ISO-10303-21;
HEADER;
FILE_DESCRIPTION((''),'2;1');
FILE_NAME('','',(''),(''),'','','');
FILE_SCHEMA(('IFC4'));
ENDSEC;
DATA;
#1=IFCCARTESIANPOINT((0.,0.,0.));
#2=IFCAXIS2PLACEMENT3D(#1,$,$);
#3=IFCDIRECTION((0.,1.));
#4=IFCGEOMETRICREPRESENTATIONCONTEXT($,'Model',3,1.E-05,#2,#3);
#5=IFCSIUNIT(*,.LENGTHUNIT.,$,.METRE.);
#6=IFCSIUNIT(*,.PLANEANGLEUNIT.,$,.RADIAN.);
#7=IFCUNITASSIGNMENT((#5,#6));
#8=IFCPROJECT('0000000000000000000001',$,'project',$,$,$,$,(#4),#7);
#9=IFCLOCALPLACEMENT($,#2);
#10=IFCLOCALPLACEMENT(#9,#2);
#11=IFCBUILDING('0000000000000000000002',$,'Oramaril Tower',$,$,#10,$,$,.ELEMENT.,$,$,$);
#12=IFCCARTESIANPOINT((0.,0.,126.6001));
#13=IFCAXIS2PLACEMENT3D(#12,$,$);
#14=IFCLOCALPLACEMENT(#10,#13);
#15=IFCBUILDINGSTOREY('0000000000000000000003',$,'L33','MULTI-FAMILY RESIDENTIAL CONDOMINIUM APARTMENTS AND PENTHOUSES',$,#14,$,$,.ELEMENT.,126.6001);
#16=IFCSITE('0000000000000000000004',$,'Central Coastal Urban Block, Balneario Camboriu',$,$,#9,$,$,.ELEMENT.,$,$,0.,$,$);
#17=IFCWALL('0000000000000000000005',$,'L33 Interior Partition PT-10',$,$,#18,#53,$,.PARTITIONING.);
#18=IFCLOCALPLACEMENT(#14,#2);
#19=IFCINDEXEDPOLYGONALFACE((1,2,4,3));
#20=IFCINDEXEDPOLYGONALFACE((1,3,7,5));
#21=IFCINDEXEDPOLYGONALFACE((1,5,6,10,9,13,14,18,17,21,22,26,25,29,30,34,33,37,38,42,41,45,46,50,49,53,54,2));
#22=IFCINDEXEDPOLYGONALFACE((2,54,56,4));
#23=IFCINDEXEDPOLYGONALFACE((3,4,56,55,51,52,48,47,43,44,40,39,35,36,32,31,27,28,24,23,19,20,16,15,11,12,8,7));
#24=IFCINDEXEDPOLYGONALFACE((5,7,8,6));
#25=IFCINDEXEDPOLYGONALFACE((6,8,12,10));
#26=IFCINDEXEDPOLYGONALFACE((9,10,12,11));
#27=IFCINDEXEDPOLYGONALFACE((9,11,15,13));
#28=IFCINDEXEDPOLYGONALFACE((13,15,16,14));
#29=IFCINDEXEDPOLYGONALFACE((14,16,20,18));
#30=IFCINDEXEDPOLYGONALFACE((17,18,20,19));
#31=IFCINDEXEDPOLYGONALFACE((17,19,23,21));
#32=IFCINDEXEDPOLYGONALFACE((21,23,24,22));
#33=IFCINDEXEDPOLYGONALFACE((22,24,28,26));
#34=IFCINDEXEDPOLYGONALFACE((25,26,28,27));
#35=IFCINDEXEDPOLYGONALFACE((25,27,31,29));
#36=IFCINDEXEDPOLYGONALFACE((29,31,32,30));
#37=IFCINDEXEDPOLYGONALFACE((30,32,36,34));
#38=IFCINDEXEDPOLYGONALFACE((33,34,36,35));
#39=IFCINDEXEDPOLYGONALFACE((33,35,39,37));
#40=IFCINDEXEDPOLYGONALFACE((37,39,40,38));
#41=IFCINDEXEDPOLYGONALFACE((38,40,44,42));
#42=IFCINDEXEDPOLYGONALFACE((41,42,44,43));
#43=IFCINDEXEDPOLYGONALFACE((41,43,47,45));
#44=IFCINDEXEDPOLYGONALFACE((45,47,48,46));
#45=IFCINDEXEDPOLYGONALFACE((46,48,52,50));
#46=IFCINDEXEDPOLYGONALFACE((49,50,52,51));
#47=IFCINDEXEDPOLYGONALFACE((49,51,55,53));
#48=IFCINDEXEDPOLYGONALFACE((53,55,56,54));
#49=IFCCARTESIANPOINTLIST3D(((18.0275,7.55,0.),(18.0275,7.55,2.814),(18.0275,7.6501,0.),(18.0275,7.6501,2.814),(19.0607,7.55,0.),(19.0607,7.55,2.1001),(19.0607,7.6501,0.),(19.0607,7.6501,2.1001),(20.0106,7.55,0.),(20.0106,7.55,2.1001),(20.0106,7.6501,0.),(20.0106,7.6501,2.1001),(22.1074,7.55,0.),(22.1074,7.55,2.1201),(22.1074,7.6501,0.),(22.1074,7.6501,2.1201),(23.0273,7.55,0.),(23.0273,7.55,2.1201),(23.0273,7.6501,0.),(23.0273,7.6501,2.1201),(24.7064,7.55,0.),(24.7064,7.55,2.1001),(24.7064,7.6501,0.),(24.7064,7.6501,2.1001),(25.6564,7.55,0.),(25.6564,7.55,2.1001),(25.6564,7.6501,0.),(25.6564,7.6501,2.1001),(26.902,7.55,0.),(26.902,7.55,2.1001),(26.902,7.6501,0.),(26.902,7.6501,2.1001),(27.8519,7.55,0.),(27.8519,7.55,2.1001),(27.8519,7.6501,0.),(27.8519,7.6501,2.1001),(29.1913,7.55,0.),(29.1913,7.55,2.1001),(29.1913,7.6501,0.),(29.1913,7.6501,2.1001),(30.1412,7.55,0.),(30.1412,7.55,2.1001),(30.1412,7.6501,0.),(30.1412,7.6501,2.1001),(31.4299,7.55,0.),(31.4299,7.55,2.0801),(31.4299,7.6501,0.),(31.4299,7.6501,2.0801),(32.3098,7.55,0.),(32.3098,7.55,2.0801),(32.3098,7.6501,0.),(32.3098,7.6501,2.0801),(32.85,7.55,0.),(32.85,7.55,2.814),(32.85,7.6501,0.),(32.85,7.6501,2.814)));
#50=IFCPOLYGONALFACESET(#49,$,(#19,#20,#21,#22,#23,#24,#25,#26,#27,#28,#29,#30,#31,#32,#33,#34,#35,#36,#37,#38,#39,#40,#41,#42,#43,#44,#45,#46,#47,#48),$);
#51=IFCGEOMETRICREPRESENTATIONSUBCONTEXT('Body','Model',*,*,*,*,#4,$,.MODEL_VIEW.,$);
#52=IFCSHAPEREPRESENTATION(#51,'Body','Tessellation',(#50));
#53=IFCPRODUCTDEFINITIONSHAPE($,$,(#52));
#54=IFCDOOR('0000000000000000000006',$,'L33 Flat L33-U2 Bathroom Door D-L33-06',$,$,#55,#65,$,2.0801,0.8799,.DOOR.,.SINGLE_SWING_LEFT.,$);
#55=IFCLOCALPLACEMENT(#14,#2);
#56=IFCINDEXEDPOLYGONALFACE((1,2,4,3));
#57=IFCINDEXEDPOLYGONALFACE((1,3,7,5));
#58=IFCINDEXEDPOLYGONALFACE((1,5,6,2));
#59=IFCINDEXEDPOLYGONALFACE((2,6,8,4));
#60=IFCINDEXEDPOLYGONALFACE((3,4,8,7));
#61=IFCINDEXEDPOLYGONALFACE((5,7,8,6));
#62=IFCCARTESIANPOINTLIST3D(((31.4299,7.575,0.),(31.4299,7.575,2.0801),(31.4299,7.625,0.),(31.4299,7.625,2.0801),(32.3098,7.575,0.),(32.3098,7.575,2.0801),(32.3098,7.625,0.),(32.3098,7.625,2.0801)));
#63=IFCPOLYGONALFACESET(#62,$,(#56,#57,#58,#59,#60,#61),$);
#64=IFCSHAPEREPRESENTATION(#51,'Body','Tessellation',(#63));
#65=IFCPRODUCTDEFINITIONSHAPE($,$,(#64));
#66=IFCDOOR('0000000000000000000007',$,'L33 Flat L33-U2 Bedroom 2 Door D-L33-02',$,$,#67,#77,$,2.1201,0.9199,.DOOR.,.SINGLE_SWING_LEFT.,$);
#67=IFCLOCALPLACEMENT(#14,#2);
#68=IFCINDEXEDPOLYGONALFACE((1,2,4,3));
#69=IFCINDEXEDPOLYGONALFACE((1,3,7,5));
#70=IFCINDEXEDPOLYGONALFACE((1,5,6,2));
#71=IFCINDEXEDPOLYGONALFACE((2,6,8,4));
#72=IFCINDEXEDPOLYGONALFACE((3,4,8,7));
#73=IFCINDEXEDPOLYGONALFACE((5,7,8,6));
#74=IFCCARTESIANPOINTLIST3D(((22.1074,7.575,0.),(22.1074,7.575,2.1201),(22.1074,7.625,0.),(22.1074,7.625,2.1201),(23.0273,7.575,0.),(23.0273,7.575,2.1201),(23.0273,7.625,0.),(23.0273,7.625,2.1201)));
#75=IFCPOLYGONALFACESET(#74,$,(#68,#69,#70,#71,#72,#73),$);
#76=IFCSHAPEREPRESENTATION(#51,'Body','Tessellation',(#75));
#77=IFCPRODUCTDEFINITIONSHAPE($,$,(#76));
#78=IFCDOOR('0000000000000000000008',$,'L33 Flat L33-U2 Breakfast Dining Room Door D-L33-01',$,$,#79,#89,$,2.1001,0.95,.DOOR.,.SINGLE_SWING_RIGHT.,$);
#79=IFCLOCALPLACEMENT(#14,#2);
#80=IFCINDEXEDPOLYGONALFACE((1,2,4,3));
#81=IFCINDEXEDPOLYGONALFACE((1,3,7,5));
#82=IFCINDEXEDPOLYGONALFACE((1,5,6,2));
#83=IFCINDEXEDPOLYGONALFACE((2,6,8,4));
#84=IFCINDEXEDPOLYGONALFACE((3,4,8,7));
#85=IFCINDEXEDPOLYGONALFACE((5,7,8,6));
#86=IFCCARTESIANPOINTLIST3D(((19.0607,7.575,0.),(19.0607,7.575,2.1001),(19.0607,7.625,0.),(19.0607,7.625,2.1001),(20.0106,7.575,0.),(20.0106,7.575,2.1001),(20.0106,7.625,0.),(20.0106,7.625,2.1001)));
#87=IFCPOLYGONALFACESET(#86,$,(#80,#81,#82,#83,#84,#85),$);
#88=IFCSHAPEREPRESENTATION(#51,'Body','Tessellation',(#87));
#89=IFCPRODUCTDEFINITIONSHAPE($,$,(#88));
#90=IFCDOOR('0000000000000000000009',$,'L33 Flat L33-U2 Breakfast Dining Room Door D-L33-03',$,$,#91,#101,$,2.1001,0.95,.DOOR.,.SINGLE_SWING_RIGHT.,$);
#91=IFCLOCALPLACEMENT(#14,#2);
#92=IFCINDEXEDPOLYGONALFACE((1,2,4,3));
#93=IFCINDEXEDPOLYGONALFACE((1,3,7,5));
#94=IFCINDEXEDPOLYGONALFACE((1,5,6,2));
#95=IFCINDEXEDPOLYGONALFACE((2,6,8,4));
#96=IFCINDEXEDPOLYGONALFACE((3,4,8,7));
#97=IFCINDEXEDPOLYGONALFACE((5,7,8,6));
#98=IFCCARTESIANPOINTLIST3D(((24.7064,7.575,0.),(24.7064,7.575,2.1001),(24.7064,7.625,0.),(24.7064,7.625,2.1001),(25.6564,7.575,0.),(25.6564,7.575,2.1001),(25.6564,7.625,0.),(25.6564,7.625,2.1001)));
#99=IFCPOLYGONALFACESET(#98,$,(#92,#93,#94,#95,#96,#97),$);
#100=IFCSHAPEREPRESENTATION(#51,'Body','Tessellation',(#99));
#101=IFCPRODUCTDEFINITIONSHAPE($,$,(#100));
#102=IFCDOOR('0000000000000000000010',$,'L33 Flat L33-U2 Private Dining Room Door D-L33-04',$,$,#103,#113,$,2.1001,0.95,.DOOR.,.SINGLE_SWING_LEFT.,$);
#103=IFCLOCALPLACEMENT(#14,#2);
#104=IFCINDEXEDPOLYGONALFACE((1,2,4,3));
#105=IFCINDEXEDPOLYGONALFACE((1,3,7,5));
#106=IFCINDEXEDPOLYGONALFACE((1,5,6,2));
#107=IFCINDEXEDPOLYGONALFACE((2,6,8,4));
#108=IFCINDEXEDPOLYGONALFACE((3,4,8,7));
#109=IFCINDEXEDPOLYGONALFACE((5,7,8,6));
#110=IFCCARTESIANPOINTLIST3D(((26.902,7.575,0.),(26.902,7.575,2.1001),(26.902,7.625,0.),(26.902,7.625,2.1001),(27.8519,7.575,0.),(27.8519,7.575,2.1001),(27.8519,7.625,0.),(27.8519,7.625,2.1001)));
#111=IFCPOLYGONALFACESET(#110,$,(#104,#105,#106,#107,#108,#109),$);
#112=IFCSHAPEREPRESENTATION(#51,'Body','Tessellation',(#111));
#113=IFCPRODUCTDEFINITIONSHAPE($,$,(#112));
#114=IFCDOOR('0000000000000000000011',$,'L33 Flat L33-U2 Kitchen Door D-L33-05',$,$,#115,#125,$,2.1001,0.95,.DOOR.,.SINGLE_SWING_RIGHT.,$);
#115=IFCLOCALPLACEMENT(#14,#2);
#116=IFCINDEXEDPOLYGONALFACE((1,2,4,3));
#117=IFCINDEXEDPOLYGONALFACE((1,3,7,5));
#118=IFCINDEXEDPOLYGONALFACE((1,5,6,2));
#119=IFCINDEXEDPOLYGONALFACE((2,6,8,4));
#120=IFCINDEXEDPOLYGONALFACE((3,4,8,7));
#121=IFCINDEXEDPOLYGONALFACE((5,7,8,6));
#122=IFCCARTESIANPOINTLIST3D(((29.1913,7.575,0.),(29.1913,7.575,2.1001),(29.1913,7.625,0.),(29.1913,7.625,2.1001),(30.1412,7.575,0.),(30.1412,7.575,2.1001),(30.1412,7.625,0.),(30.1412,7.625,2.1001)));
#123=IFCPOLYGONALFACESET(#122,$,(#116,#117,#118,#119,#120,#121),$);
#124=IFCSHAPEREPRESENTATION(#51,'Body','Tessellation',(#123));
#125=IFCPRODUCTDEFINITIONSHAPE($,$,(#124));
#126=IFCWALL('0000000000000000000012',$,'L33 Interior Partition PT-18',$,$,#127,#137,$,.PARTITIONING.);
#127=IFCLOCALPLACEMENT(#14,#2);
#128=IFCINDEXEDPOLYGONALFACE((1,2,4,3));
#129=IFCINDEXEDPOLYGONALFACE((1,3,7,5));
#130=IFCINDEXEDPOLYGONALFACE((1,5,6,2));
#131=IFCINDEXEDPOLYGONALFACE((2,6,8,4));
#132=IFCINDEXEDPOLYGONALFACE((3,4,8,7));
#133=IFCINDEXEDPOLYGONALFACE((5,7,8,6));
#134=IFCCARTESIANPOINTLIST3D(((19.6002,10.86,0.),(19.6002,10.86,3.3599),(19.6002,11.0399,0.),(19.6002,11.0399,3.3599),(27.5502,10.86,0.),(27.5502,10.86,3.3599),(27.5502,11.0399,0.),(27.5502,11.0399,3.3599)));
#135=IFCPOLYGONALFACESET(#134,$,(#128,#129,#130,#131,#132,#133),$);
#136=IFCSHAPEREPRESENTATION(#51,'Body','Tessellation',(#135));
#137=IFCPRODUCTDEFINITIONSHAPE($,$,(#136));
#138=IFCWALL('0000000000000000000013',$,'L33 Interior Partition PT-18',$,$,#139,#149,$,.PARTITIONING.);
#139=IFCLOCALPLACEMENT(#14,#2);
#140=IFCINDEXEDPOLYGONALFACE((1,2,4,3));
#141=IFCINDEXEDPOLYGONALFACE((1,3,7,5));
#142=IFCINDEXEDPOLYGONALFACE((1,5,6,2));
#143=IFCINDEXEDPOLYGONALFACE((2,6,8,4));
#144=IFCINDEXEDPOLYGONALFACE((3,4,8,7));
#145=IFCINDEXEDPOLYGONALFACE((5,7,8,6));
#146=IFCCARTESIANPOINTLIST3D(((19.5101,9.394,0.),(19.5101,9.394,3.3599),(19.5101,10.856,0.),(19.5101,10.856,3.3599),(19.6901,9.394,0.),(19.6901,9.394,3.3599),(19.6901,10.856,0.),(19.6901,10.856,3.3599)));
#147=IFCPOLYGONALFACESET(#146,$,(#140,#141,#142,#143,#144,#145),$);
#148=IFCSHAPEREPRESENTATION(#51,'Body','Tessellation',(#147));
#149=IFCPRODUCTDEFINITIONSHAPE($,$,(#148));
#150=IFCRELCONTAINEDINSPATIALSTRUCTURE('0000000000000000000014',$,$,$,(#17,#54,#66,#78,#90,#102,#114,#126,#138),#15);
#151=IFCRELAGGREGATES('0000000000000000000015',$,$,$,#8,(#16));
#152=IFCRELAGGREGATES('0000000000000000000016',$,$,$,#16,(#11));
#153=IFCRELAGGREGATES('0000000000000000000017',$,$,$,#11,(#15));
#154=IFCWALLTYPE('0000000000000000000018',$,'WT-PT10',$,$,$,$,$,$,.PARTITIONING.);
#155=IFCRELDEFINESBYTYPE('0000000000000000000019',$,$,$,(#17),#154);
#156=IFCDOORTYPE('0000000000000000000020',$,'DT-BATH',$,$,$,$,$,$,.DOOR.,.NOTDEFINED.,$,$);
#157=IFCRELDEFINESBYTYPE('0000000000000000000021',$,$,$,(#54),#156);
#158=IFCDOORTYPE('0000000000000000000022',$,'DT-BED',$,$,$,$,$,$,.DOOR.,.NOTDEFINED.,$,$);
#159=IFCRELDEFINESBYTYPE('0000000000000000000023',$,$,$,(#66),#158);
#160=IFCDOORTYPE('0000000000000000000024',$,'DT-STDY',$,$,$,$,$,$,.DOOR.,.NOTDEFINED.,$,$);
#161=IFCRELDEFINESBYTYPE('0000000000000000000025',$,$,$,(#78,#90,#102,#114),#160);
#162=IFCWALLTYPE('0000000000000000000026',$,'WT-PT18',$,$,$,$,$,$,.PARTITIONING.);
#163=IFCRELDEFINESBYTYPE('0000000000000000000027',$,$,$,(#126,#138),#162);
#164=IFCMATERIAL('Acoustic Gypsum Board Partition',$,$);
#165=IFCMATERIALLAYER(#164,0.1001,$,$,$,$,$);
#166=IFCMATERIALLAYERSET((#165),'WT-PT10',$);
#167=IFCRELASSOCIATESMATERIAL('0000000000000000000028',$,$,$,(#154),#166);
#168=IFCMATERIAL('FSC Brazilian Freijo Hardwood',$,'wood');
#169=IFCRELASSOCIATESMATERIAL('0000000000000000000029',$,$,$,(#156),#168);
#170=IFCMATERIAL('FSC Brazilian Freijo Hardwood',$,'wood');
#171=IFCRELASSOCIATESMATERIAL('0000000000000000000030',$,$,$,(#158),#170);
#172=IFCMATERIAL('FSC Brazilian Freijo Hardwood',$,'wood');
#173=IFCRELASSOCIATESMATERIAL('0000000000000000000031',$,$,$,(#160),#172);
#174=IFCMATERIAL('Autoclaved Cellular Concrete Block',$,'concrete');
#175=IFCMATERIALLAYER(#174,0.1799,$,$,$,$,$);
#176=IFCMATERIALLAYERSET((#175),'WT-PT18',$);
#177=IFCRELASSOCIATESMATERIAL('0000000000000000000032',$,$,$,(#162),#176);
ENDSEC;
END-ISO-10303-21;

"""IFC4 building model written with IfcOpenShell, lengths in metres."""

from ifc_helpers import new_model, si_unit, direction, frame, frame_2d, origin, place, context, subcontext, project, spatial, rectangle, extrude, material, layer, layer_set, type_object, element, fill, save


model = new_model("IFC4")

# Units and contexts
model_context = context("Model", 3, precision=1e-05, world=origin(), true_north=direction((0.0, 1.0)))
body_context = subcontext(model_context, "Body", "Model", "MODEL_VIEW")
ifc_project = project(units=[si_unit("LENGTHUNIT", "METRE"), si_unit("PLANEANGLEUNIT", "RADIAN")], contexts=[model_context])

# Site, building, storey
site_placement = place(None, origin())
site = spatial("IfcSite", under=ifc_project, at=site_placement, Name="Central Coastal Urban Block, Balneario Camboriu", CompositionType="ELEMENT", RefElevation=0.0)
building_placement = place(site_placement, origin())
building = spatial("IfcBuilding", under=site, at=building_placement, Name="Oramaril Tower", CompositionType="ELEMENT")
storey_placement = place(building_placement, frame((0.0, 0.0, 126.6001)))
storey = spatial("IfcBuildingStorey", under=building, at=storey_placement, Name="L33", Description="MULTI-FAMILY RESIDENTIAL CONDOMINIUM APARTMENTS AND PENTHOUSES", CompositionType="ELEMENT", Elevation=126.6001)

# Wall, openings, doors
ifc_material_1 = material(Name="Acoustic Gypsum Board Partition")
ifc_layer_1 = layer(ifc_material_1, 0.1001)
ifc_layer_set_1 = layer_set([ifc_layer_1], Name="WT-PT10")
wall_type_1 = type_object("IfcWallType", Name="WT-PT10", PredefinedType="PARTITIONING", material=ifc_layer_set_1)
wall_1_placement = place(storey_placement, frame((18.0276, 7.6001, 0.0), z_axis=(0.0, 0.0, 1.0), x_axis=(1.0, 0.0, 0.0)))
wall_1 = element("IfcWall", 1, at=wall_1_placement, inside=storey, type_object=wall_type_1, Name="L33 Interior Partition PT-10", PredefinedType="PARTITIONING", context=body_context, shape_type="SweptSolid", body=[
    extrude(rectangle(XDim=14.8225, YDim=0.1001, at=frame_2d((7.4111, 0.0))), origin(), (0.0, 0.0, 1.0), 2.814),
])
opening_1_placement = place(wall_1_placement, frame((1.033, 0.0, 0.0)))
opening_1 = element("IfcOpeningElement", 2, at=opening_1_placement, cuts=wall_1, PredefinedType="OPENING", context=body_context, shape_type="SweptSolid", body=[
    extrude(rectangle(XDim=0.95, YDim=2.1001, at=frame_2d((0.4751, 1.05))), frame((0.0, 0.05, 0.0), z_axis=(0.0, -1.0, 0.0), x_axis=(1.0, 0.0, 0.0)), (0.0, 0.0, 1.0), 0.1001),
])
opening_2_placement = place(wall_1_placement, frame((4.0798, 0.0, 0.0)))
opening_2 = element("IfcOpeningElement", 3, at=opening_2_placement, cuts=wall_1, PredefinedType="OPENING", context=body_context, shape_type="SweptSolid", body=[
    extrude(rectangle(XDim=0.9199, YDim=2.1201, at=frame_2d((0.46, 1.0601))), frame((0.0, 0.05, 0.0), z_axis=(0.0, -1.0, 0.0), x_axis=(1.0, 0.0, 0.0)), (0.0, 0.0, 1.0), 0.1001),
])
opening_3_placement = place(wall_1_placement, frame((6.6787, 0.0, 0.0)))
opening_3 = element("IfcOpeningElement", 4, at=opening_3_placement, cuts=wall_1, PredefinedType="OPENING", context=body_context, shape_type="SweptSolid", body=[
    extrude(rectangle(XDim=0.95, YDim=2.1001, at=frame_2d((0.4751, 1.05))), frame((0.0, 0.05, 0.0), z_axis=(0.0, -1.0, 0.0), x_axis=(1.0, 0.0, 0.0)), (0.0, 0.0, 1.0), 0.1001),
])
opening_4_placement = place(wall_1_placement, frame((8.8743, 0.0, 0.0)))
opening_4 = element("IfcOpeningElement", 5, at=opening_4_placement, cuts=wall_1, PredefinedType="OPENING", context=body_context, shape_type="SweptSolid", body=[
    extrude(rectangle(XDim=0.95, YDim=2.1001, at=frame_2d((0.4751, 1.05))), frame((0.0, 0.05, 0.0), z_axis=(0.0, -1.0, 0.0), x_axis=(1.0, 0.0, 0.0)), (0.0, 0.0, 1.0), 0.1001),
])
opening_5_placement = place(wall_1_placement, frame((11.1636, 0.0, 0.0)))
opening_5 = element("IfcOpeningElement", 6, at=opening_5_placement, cuts=wall_1, PredefinedType="OPENING", context=body_context, shape_type="SweptSolid", body=[
    extrude(rectangle(XDim=0.95, YDim=2.1001, at=frame_2d((0.4751, 1.05))), frame((0.0, 0.05, 0.0), z_axis=(0.0, -1.0, 0.0), x_axis=(1.0, 0.0, 0.0)), (0.0, 0.0, 1.0), 0.1001),
])
opening_6_placement = place(wall_1_placement, frame((13.4023, 0.0, 0.0)))
opening_6 = element("IfcOpeningElement", 7, at=opening_6_placement, cuts=wall_1, PredefinedType="OPENING", context=body_context, shape_type="SweptSolid", body=[
    extrude(rectangle(XDim=0.8799, YDim=2.0801, at=frame_2d((0.4399, 1.04))), frame((0.0, 0.05, 0.0), z_axis=(0.0, -1.0, 0.0), x_axis=(1.0, 0.0, 0.0)), (0.0, 0.0, 1.0), 0.1001),
])
ifc_material_2 = material(Name="FSC Brazilian Freijo Hardwood", Category="wood")
door_type_1 = type_object("IfcDoorType", Name="DT-BATH", OperationType="NOTDEFINED", PredefinedType="DOOR", material=ifc_material_2)
door_1_placement = place(opening_6_placement, origin())
door_1 = element("IfcDoor", 8, at=door_1_placement, inside=storey, type_object=door_type_1, Name="L33 Flat L33-U2 Bathroom Door D-L33-06", OperationType="SINGLE_SWING_LEFT", OverallHeight=2.0801, OverallWidth=0.8799, PredefinedType="DOOR", context=body_context, shape_type="SweptSolid", body=[
    extrude(rectangle(XDim=0.8799, YDim=2.0801, at=frame_2d((0.4399, 1.04))), frame((0.0, 0.0249, 0.0), z_axis=(0.0, -1.0, 0.0), x_axis=(1.0, 0.0, 0.0)), (0.0, 0.0, 1.0), 0.05),
])
fill(opening_6, door_1)
ifc_material_3 = material(Name="FSC Brazilian Freijo Hardwood", Category="wood")
door_type_2 = type_object("IfcDoorType", Name="DT-BED", OperationType="NOTDEFINED", PredefinedType="DOOR", material=ifc_material_3)
door_2_placement = place(opening_2_placement, origin())
door_2 = element("IfcDoor", 9, at=door_2_placement, inside=storey, type_object=door_type_2, Name="L33 Flat L33-U2 Bedroom 2 Door D-L33-02", OperationType="SINGLE_SWING_LEFT", OverallHeight=2.1201, OverallWidth=0.9199, PredefinedType="DOOR", context=body_context, shape_type="SweptSolid", body=[
    extrude(rectangle(XDim=0.9199, YDim=2.1201, at=frame_2d((0.46, 1.0601))), frame((0.0, 0.0249, 0.0), z_axis=(0.0, -1.0, 0.0), x_axis=(1.0, 0.0, 0.0)), (0.0, 0.0, 1.0), 0.05),
])
fill(opening_2, door_2)
ifc_material_4 = material(Name="FSC Brazilian Freijo Hardwood", Category="wood")
door_type_3 = type_object("IfcDoorType", Name="DT-STDY", OperationType="NOTDEFINED", PredefinedType="DOOR", material=ifc_material_4)
door_3_placement = place(opening_1_placement, origin())
door_3 = element("IfcDoor", 10, at=door_3_placement, inside=storey, type_object=door_type_3, Name="L33 Flat L33-U2 Breakfast Dining Room Door D-L33-01", OperationType="SINGLE_SWING_RIGHT", OverallHeight=2.1001, OverallWidth=0.95, PredefinedType="DOOR", context=body_context, shape_type="SweptSolid", body=[
    extrude(rectangle(XDim=0.95, YDim=2.1001, at=frame_2d((0.4751, 1.05))), frame((0.0, 0.0249, 0.0), z_axis=(0.0, -1.0, 0.0), x_axis=(1.0, 0.0, 0.0)), (0.0, 0.0, 1.0), 0.05),
])
fill(opening_1, door_3)
door_4_placement = place(opening_3_placement, origin())
door_4 = element("IfcDoor", 11, at=door_4_placement, inside=storey, type_object=door_type_3, Name="L33 Flat L33-U2 Breakfast Dining Room Door D-L33-03", OperationType="SINGLE_SWING_RIGHT", OverallHeight=2.1001, OverallWidth=0.95, PredefinedType="DOOR", context=body_context, shape_type="SweptSolid", body=[
    extrude(rectangle(XDim=0.95, YDim=2.1001, at=frame_2d((0.4751, 1.05))), frame((0.0, 0.0249, 0.0), z_axis=(0.0, -1.0, 0.0), x_axis=(1.0, 0.0, 0.0)), (0.0, 0.0, 1.0), 0.05),
])
fill(opening_3, door_4)
door_5_placement = place(opening_4_placement, origin())
door_5 = element("IfcDoor", 12, at=door_5_placement, inside=storey, type_object=door_type_3, Name="L33 Flat L33-U2 Private Dining Room Door D-L33-04", OperationType="SINGLE_SWING_LEFT", OverallHeight=2.1001, OverallWidth=0.95, PredefinedType="DOOR", context=body_context, shape_type="SweptSolid", body=[
    extrude(rectangle(XDim=0.95, YDim=2.1001, at=frame_2d((0.4751, 1.05))), frame((0.0, 0.0249, 0.0), z_axis=(0.0, -1.0, 0.0), x_axis=(1.0, 0.0, 0.0)), (0.0, 0.0, 1.0), 0.05),
])
fill(opening_4, door_5)
door_6_placement = place(opening_5_placement, origin())
door_6 = element("IfcDoor", 13, at=door_6_placement, inside=storey, type_object=door_type_3, Name="L33 Flat L33-U2 Kitchen Door D-L33-05", OperationType="SINGLE_SWING_RIGHT", OverallHeight=2.1001, OverallWidth=0.95, PredefinedType="DOOR", context=body_context, shape_type="SweptSolid", body=[
    extrude(rectangle(XDim=0.95, YDim=2.1001, at=frame_2d((0.4751, 1.05))), frame((0.0, 0.0249, 0.0), z_axis=(0.0, -1.0, 0.0), x_axis=(1.0, 0.0, 0.0)), (0.0, 0.0, 1.0), 0.05),
])
fill(opening_5, door_6)
ifc_material_5 = material(Name="Autoclaved Cellular Concrete Block", Category="concrete")
ifc_layer_2 = layer(ifc_material_5, 0.1799)
ifc_layer_set_2 = layer_set([ifc_layer_2], Name="WT-PT18")
wall_type_2 = type_object("IfcWallType", Name="WT-PT18", PredefinedType="PARTITIONING", material=ifc_layer_set_2)

# Walls
wall_2_placement = place(storey_placement, frame((19.6001, 10.95, 0.0), z_axis=(0.0, 0.0, 1.0), x_axis=(1.0, 0.0, 0.0)))
element("IfcWall", 14, at=wall_2_placement, inside=storey, type_object=wall_type_2, Name="L33 Interior Partition PT-18", PredefinedType="PARTITIONING", context=body_context, shape_type="SweptSolid", body=[
    extrude(rectangle(XDim=7.95, YDim=0.1799, at=frame_2d((3.9751, 0.0))), origin(), (0.0, 0.0, 1.0), 3.3599),
])
wall_3_placement = place(storey_placement, frame((19.6001, 9.394, 0.0), z_axis=(0.0, 0.0, 1.0), x_axis=(0.0, 1.0, 0.0)))
element("IfcWall", 15, at=wall_3_placement, inside=storey, type_object=wall_type_2, Name="L33 Interior Partition PT-18", PredefinedType="PARTITIONING", context=body_context, shape_type="SweptSolid", body=[
    extrude(rectangle(XDim=1.4619, YDim=0.1799, at=frame_2d((0.731, 0.0))), origin(), (0.0, 0.0, 1.0), 3.3599),
])

save(model, "model.ifc")
